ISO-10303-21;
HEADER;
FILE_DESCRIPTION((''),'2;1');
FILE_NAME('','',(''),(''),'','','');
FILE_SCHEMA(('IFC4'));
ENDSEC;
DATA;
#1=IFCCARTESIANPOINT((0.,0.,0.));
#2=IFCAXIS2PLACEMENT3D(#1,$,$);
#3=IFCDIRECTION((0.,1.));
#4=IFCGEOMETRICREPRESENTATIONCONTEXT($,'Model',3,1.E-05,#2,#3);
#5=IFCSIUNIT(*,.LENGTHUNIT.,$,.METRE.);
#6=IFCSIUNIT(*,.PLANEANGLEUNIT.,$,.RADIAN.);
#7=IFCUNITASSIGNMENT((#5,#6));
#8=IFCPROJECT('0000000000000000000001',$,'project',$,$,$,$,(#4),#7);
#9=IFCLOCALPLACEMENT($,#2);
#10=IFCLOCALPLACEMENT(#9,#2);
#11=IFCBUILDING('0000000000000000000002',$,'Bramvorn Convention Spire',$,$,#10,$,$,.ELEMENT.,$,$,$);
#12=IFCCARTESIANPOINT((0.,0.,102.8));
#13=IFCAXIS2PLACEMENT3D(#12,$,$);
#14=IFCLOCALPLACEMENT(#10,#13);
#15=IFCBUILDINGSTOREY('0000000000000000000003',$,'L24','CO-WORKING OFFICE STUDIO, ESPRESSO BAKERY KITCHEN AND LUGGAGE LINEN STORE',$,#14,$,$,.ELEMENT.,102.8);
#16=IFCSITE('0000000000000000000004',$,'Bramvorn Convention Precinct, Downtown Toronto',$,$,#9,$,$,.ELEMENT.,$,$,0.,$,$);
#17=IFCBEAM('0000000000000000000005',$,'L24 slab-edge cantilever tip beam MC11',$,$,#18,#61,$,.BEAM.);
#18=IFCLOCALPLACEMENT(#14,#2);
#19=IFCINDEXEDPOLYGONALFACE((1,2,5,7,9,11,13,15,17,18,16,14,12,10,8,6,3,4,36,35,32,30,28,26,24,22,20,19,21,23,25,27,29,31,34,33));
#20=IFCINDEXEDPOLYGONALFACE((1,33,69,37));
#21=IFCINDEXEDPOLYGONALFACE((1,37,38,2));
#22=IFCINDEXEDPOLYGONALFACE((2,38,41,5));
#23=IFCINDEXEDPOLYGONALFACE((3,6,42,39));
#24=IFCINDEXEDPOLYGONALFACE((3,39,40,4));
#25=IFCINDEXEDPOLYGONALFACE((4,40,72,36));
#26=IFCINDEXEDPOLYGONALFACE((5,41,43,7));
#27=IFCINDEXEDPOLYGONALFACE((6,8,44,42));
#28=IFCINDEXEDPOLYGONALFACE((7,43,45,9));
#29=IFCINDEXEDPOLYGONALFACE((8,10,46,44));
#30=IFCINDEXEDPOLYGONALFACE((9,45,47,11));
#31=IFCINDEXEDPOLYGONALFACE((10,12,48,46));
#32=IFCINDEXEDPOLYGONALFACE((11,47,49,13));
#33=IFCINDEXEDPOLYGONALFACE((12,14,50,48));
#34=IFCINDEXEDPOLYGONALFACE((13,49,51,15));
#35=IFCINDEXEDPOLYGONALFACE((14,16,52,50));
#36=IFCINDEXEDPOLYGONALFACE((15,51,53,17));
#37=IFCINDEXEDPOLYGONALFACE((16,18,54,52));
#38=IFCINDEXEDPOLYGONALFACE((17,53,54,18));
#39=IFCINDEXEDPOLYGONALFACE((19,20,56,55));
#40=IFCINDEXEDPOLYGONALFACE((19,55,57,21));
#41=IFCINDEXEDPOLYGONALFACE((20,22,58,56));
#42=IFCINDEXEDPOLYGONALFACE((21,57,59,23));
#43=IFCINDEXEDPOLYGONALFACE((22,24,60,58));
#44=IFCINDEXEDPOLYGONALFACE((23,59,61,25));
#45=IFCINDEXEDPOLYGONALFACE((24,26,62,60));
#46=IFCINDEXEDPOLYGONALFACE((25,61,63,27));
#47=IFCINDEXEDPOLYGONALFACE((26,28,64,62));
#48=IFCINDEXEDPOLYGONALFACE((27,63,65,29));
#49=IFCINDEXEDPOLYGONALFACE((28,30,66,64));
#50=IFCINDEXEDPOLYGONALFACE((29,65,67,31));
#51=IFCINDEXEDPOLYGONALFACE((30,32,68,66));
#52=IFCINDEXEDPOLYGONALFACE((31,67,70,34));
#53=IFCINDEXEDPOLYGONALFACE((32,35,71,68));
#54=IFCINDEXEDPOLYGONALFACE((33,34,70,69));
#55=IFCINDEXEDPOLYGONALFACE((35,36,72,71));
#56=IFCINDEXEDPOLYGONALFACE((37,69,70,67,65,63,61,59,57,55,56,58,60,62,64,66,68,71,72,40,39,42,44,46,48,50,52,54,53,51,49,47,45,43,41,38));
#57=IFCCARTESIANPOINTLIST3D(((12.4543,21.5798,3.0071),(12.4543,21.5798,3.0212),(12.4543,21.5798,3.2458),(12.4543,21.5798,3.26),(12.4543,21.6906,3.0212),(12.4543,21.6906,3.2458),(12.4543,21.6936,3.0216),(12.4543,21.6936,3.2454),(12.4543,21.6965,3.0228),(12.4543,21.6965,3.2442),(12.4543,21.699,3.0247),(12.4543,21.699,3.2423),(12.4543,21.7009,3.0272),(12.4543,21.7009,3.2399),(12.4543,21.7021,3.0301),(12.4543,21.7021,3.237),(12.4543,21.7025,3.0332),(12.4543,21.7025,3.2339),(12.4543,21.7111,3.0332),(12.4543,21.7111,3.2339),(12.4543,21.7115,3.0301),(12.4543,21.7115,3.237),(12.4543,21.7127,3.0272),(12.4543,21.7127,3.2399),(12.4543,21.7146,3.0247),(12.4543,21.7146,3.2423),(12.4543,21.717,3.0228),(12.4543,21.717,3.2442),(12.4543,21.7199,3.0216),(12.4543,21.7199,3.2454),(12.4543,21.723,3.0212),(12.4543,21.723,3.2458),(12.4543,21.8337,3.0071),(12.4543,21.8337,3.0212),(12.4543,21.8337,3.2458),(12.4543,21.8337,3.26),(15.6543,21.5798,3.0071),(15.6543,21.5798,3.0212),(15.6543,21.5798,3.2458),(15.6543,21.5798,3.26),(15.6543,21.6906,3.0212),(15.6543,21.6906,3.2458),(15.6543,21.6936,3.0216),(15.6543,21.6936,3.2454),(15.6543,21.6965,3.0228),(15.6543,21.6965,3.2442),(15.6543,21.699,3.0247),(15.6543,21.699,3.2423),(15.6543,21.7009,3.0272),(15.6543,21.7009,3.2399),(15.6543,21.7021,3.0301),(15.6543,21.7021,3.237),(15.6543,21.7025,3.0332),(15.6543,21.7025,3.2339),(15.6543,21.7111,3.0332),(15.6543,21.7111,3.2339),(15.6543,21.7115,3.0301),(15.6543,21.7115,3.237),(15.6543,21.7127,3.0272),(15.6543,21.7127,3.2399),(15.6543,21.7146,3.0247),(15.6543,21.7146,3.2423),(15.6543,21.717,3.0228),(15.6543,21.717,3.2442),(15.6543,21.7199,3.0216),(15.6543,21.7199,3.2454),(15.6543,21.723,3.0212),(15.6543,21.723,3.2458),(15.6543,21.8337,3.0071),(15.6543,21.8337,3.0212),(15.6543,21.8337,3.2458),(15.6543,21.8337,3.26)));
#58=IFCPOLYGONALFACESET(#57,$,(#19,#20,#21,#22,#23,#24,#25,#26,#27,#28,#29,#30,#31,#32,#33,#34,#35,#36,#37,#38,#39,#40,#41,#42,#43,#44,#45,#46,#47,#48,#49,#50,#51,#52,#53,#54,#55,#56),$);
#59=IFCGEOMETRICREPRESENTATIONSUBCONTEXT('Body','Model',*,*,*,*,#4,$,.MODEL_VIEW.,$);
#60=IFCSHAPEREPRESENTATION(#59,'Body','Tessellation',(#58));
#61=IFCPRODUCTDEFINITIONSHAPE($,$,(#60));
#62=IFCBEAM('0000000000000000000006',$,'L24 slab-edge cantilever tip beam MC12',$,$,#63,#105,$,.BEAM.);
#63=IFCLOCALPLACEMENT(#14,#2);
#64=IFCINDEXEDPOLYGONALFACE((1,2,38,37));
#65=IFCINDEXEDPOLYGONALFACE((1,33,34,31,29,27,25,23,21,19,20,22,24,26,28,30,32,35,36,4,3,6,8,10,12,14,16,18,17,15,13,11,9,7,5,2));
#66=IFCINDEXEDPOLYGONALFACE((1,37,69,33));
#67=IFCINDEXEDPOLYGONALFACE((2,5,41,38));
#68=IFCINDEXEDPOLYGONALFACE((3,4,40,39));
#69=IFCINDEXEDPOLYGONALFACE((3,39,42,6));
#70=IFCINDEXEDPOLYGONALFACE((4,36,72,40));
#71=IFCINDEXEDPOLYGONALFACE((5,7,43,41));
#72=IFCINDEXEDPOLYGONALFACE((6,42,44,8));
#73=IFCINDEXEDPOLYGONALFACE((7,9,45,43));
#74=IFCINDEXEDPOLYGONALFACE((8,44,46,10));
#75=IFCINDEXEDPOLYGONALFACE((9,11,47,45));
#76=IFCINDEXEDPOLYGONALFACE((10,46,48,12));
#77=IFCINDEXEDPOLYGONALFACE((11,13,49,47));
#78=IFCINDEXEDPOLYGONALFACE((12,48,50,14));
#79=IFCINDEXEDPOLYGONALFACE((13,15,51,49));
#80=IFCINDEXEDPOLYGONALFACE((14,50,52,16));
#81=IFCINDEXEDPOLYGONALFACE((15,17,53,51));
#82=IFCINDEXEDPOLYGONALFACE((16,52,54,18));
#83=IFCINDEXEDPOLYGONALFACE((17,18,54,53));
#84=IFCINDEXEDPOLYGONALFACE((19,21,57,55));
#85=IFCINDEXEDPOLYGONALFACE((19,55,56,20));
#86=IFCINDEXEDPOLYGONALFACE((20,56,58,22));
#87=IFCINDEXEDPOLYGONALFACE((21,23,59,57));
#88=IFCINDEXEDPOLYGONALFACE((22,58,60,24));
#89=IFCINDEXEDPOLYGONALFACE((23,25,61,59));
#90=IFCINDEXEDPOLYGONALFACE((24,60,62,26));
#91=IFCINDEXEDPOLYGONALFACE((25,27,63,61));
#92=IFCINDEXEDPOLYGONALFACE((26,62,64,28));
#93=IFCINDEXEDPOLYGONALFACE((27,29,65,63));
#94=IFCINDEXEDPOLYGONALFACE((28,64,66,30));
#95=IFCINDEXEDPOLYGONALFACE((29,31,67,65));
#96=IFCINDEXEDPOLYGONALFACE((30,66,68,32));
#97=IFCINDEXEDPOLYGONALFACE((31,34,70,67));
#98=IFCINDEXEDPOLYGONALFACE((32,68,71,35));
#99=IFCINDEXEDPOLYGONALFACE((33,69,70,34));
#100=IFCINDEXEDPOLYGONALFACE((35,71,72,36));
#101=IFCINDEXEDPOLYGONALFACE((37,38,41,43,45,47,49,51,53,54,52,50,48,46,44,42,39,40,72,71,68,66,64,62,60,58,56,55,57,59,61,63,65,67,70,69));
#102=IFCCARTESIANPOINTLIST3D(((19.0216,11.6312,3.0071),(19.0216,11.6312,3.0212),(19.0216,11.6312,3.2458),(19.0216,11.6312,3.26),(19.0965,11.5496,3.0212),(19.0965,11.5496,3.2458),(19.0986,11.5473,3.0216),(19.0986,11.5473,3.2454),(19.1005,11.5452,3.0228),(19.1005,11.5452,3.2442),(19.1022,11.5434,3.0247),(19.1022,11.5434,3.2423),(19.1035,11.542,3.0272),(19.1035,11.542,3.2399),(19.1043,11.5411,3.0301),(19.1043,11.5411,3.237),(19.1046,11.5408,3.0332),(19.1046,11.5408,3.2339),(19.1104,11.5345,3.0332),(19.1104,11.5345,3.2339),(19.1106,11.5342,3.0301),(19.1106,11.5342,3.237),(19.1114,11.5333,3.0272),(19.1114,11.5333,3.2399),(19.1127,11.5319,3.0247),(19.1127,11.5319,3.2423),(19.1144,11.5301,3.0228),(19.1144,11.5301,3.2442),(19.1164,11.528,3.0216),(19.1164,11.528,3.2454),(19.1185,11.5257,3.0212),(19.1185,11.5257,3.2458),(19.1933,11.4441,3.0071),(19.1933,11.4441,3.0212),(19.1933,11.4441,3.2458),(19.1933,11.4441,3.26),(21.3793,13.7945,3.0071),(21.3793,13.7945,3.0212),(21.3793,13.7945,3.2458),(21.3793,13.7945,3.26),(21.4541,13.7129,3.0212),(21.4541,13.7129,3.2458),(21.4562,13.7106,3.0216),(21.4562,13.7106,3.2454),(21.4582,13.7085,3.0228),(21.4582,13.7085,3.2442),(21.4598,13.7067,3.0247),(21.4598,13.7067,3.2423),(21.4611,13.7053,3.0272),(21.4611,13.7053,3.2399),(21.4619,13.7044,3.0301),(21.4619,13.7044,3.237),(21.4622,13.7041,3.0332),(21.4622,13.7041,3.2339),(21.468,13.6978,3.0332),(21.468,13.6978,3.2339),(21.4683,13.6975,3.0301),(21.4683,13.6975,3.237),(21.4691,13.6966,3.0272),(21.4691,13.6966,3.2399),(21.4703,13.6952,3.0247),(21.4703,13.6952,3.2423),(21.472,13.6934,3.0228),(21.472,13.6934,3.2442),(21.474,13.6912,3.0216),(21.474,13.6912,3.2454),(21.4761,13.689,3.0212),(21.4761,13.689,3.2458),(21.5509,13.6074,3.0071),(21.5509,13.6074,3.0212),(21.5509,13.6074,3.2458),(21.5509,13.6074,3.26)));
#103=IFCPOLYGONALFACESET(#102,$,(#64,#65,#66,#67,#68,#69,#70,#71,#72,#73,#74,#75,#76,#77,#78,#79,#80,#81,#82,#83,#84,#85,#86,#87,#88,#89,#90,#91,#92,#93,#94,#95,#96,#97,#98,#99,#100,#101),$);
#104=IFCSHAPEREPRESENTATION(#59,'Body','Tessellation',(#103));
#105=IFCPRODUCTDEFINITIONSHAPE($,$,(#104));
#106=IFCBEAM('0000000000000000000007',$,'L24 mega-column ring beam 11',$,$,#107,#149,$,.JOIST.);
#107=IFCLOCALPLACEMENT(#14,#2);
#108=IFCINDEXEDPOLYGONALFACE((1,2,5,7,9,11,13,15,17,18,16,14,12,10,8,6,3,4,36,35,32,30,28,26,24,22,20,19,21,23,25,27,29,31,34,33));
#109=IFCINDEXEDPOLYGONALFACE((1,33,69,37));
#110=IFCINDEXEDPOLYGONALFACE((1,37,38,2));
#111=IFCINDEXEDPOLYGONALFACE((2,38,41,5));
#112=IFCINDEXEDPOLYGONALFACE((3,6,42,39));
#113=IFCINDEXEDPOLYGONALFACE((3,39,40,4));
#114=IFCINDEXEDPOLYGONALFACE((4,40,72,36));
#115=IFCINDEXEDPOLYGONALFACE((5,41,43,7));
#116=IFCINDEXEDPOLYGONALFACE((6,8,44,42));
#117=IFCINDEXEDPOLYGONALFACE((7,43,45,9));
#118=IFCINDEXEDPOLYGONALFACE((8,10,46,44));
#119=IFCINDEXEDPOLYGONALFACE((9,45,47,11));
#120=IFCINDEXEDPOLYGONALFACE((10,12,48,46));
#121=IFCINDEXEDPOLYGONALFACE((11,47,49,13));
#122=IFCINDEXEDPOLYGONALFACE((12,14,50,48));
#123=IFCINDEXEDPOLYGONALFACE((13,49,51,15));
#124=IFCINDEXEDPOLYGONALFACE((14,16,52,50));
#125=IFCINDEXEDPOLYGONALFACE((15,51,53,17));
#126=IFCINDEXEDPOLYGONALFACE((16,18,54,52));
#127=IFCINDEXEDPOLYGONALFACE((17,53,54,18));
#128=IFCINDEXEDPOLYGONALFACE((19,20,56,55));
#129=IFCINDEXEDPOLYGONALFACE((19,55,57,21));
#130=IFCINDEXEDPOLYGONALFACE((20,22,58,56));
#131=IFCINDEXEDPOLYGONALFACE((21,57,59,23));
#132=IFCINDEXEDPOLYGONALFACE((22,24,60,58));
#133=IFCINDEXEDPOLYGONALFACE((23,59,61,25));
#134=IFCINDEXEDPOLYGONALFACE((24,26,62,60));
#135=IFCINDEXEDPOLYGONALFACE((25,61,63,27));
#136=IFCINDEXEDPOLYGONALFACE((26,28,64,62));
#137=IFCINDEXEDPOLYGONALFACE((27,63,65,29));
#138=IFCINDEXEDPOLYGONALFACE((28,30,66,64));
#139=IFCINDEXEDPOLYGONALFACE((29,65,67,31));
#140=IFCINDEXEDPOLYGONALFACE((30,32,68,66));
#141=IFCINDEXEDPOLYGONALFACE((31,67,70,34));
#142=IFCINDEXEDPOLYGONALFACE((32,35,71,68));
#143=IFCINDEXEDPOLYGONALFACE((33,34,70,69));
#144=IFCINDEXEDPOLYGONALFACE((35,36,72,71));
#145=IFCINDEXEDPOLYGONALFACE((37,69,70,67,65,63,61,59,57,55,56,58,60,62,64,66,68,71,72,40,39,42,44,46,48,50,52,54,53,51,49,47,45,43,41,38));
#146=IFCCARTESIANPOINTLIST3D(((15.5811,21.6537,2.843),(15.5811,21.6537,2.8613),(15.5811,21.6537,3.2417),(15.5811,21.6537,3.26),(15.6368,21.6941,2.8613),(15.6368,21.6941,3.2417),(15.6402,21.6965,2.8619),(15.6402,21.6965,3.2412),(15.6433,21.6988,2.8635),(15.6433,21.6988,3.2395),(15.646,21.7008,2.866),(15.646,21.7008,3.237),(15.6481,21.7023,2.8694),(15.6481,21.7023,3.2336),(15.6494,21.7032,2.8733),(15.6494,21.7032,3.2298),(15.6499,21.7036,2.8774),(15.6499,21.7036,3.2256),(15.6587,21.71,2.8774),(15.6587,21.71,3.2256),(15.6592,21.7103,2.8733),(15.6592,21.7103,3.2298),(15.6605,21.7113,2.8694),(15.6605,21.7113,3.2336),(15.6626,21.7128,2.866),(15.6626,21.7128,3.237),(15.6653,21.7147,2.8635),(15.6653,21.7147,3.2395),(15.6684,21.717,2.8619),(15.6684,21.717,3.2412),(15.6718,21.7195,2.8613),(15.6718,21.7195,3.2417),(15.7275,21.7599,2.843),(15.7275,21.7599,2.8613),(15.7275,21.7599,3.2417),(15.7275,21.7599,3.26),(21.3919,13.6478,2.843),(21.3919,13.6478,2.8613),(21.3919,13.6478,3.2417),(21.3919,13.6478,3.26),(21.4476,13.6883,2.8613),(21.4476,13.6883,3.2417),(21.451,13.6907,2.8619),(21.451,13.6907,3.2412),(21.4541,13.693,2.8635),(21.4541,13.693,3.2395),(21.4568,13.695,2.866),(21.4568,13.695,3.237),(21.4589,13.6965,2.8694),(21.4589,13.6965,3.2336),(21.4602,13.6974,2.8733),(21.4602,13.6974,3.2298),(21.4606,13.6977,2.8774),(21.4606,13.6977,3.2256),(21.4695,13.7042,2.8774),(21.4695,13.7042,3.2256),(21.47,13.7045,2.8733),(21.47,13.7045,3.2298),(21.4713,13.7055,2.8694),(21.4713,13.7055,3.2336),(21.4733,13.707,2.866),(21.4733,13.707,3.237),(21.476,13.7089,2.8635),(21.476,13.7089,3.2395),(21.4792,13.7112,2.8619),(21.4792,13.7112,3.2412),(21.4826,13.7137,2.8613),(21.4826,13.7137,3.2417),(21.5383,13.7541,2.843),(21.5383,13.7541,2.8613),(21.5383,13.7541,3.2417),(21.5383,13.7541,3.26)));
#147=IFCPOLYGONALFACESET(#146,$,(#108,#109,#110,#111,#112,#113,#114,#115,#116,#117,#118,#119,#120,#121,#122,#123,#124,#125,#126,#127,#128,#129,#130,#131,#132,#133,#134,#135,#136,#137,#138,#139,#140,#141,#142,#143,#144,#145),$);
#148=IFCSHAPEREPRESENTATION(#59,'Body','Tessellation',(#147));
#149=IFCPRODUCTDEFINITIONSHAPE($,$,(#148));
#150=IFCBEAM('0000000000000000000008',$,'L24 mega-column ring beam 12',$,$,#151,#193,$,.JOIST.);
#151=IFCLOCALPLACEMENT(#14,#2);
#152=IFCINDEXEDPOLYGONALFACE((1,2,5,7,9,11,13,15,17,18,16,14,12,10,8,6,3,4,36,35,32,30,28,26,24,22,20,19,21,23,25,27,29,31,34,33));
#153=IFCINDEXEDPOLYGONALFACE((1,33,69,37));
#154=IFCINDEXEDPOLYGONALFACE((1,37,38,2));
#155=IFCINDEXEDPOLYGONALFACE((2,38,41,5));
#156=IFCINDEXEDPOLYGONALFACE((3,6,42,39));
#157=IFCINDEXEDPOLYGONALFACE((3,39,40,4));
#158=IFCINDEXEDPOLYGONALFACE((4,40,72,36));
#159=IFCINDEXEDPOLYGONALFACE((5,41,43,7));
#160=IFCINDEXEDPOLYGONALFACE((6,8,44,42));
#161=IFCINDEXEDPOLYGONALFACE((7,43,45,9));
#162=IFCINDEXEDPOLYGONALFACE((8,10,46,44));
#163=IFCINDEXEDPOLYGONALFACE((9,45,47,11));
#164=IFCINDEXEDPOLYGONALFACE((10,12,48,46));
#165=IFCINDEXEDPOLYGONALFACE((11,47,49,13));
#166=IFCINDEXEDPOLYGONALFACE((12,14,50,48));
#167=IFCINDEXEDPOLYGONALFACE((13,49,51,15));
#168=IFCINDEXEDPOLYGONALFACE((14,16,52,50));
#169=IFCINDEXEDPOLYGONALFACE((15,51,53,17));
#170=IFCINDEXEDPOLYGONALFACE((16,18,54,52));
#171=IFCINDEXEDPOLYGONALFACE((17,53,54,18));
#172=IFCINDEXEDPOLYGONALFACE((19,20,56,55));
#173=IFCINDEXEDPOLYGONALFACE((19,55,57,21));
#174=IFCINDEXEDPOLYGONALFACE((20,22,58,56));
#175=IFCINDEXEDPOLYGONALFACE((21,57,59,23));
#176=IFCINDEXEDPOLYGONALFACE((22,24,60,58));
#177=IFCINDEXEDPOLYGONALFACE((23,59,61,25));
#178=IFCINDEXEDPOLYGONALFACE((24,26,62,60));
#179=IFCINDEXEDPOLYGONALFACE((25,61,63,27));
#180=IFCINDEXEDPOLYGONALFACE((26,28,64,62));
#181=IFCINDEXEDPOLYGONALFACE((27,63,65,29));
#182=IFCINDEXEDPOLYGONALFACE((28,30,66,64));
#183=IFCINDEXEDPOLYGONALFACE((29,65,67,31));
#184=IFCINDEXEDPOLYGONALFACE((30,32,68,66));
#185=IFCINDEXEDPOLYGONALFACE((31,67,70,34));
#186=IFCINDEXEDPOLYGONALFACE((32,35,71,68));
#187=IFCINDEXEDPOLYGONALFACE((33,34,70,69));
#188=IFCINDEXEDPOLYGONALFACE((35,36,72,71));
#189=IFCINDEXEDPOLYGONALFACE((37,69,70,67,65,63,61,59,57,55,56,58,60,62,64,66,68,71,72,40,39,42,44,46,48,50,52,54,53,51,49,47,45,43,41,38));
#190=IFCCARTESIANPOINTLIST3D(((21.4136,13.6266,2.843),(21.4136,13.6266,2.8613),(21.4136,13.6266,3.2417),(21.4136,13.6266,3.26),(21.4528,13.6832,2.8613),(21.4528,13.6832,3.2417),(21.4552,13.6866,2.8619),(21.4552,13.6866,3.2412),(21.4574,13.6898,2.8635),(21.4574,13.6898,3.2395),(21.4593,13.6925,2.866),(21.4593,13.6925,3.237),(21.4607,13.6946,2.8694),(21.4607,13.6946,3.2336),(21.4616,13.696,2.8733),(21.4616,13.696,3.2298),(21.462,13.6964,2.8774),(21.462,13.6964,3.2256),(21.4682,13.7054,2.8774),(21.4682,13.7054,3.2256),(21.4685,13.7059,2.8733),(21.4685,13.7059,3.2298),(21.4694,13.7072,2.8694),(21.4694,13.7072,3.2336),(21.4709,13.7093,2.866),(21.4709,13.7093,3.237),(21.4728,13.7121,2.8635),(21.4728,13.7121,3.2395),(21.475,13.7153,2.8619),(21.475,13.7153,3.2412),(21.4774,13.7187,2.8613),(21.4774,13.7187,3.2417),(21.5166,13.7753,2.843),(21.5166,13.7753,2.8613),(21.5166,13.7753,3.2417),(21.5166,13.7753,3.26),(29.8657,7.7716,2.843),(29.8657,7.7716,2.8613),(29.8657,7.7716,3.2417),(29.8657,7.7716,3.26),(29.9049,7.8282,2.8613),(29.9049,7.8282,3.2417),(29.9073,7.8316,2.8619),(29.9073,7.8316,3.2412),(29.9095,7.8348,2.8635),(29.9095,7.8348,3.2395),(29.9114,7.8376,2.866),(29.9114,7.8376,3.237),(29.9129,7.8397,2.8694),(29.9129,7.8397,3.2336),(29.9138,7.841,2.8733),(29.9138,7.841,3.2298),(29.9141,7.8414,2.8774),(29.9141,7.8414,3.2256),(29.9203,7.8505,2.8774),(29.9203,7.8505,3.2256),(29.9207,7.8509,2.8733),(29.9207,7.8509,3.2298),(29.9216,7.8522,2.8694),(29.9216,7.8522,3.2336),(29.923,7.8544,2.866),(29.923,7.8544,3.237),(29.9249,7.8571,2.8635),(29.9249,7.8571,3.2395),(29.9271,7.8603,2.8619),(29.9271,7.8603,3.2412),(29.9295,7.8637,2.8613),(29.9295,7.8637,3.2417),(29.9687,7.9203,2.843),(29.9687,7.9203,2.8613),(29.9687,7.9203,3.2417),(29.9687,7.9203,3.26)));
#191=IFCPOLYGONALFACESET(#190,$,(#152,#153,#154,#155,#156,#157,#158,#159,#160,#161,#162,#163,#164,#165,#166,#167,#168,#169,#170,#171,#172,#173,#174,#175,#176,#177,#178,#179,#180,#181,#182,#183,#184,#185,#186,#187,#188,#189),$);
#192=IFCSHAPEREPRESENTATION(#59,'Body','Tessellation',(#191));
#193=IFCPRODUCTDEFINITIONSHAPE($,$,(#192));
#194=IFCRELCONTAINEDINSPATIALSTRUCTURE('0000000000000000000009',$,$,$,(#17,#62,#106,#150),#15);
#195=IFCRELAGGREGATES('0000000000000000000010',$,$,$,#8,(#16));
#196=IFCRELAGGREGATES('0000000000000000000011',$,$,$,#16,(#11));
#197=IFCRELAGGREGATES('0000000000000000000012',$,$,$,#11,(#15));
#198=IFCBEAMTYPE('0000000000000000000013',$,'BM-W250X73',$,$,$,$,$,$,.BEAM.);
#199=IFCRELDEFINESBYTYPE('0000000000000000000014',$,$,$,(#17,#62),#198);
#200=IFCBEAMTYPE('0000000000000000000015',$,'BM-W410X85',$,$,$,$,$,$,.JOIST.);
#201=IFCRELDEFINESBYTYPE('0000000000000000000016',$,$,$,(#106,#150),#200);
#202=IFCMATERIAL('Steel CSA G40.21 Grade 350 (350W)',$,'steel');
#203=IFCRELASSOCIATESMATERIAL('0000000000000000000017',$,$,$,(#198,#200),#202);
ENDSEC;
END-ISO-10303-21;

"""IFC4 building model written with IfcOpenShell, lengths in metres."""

from ifc_helpers import new_model, si_unit, direction, frame, origin, origin_2d, place, context, subcontext, project, spatial, i_section, extrude, material, material_profile, profile_set, type_object, element, save


model = new_model("IFC4")

# Units and contexts
model_context = context("Model", 3, precision=1e-05, world=origin(), true_north=direction((0.0, 1.0)))
body_context = subcontext(model_context, "Body", "Model", "MODEL_VIEW")
ifc_project = project(units=[si_unit("LENGTHUNIT", "METRE"), si_unit("PLANEANGLEUNIT", "RADIAN")], contexts=[model_context])

# Site, building, storey
site_placement = place(None, origin())
site = spatial("IfcSite", under=ifc_project, at=site_placement, Name="Bramvorn Convention Precinct, Downtown Toronto", CompositionType="ELEMENT", RefElevation=0.0)
building_placement = place(site_placement, origin())
building = spatial("IfcBuilding", under=site, at=building_placement, Name="Bramvorn Convention Spire", CompositionType="ELEMENT")
storey_placement = place(building_placement, frame((0.0, 0.0, 102.8)))
storey = spatial("IfcBuildingStorey", under=building, at=storey_placement, Name="L24", Description="CO-WORKING OFFICE STUDIO, ESPRESSO BAKERY KITCHEN AND LUGGAGE LINEN STORE", CompositionType="ELEMENT", Elevation=102.8)

# Shared definitions
ifc_material_1 = material(Name="Steel CSA G40.21 Grade 350 (350W)", Category="steel")

# Beams
ifc_material_profile_1 = material_profile(ifc_material_1, i_section(OverallWidth=0.2539, OverallDepth=0.2529, WebThickness=0.0085, FlangeThickness=0.0142, FilletRadius=0.012, at=origin_2d()))
ifc_profile_set_1 = profile_set([ifc_material_profile_1], Name="Steel CSA G40.21 Grade 350 (350W) - W250X73")
beam_type_1 = type_object("IfcBeamType", Name="BM-W250X73", PredefinedType="BEAM", material=ifc_profile_set_1)
beam_1_placement = place(storey_placement, frame((15.6543, 21.7068, 3.1335), z_axis=(-1.0, 0.0, 0.0), x_axis=(0.0, -1.0, 0.0)))
element("IfcBeam", 1, at=beam_1_placement, inside=storey, type_object=beam_type_1, Name="L24 slab-edge cantilever tip beam MC11", PredefinedType="BEAM", context=body_context, shape_type="SweptSolid", body=[
    extrude(i_section(OverallWidth=0.2539, OverallDepth=0.2529, WebThickness=0.0085, FlangeThickness=0.0142, FilletRadius=0.012, at=origin_2d()), origin(), (0.0, 0.0, 1.0), 3.2),
])
beam_2_placement = place(storey_placement, frame((21.4651, 13.7009, 3.1335), z_axis=(-0.736822, -0.676087, 0.0), x_axis=(0.676087, -0.736822, 0.0)))
element("IfcBeam", 2, at=beam_2_placement, inside=storey, type_object=beam_type_1, Name="L24 slab-edge cantilever tip beam MC12", PredefinedType="BEAM", context=body_context, shape_type="SweptSolid", body=[
    extrude(i_section(OverallWidth=0.2539, OverallDepth=0.2529, WebThickness=0.0085, FlangeThickness=0.0142, FilletRadius=0.012, at=origin_2d()), origin(), (0.0, 0.0, 1.0), 3.1997),
])
ifc_material_profile_2 = material_profile(ifc_material_1, i_section(OverallWidth=0.1809, OverallDepth=0.417, WebThickness=0.011, FlangeThickness=0.0183, FilletRadius=0.0161, at=origin_2d()))
ifc_profile_set_2 = profile_set([ifc_material_profile_2], Name="Steel CSA G40.21 Grade 350 (350W) - W410X85")
beam_type_2 = type_object("IfcBeamType", Name="BM-W410X85", PredefinedType="JOIST", material=ifc_profile_set_2)
beam_3_placement = place(storey_placement, frame((15.6543, 21.7068, 3.0515), z_axis=(0.587401, -0.809296, 0.0), x_axis=(0.809296, 0.587401, 0.0)))
element("IfcBeam", 3, at=beam_3_placement, inside=storey, type_object=beam_type_2, Name="L24 mega-column ring beam 11", PredefinedType="JOIST", context=body_context, shape_type="SweptSolid", body=[
    extrude(i_section(OverallWidth=0.1809, OverallDepth=0.417, WebThickness=0.011, FlangeThickness=0.0183, FilletRadius=0.0161, at=origin_2d()), origin(), (0.0, 0.0, 1.0), 9.8923),
])
beam_4_placement = place(storey_placement, frame((21.4651, 13.7009, 3.0515), z_axis=(0.822033, -0.56944, 0.0), x_axis=(0.56944, 0.822033, 0.0)))
element("IfcBeam", 4, at=beam_4_placement, inside=storey, type_object=beam_type_2, Name="L24 mega-column ring beam 12", PredefinedType="JOIST", context=body_context, shape_type="SweptSolid", body=[
    extrude(i_section(OverallWidth=0.1809, OverallDepth=0.417, WebThickness=0.011, FlangeThickness=0.0183, FilletRadius=0.0161, at=origin_2d()), origin(), (0.0, 0.0, 1.0), 10.282),
])

save(model, "model.ifc")
